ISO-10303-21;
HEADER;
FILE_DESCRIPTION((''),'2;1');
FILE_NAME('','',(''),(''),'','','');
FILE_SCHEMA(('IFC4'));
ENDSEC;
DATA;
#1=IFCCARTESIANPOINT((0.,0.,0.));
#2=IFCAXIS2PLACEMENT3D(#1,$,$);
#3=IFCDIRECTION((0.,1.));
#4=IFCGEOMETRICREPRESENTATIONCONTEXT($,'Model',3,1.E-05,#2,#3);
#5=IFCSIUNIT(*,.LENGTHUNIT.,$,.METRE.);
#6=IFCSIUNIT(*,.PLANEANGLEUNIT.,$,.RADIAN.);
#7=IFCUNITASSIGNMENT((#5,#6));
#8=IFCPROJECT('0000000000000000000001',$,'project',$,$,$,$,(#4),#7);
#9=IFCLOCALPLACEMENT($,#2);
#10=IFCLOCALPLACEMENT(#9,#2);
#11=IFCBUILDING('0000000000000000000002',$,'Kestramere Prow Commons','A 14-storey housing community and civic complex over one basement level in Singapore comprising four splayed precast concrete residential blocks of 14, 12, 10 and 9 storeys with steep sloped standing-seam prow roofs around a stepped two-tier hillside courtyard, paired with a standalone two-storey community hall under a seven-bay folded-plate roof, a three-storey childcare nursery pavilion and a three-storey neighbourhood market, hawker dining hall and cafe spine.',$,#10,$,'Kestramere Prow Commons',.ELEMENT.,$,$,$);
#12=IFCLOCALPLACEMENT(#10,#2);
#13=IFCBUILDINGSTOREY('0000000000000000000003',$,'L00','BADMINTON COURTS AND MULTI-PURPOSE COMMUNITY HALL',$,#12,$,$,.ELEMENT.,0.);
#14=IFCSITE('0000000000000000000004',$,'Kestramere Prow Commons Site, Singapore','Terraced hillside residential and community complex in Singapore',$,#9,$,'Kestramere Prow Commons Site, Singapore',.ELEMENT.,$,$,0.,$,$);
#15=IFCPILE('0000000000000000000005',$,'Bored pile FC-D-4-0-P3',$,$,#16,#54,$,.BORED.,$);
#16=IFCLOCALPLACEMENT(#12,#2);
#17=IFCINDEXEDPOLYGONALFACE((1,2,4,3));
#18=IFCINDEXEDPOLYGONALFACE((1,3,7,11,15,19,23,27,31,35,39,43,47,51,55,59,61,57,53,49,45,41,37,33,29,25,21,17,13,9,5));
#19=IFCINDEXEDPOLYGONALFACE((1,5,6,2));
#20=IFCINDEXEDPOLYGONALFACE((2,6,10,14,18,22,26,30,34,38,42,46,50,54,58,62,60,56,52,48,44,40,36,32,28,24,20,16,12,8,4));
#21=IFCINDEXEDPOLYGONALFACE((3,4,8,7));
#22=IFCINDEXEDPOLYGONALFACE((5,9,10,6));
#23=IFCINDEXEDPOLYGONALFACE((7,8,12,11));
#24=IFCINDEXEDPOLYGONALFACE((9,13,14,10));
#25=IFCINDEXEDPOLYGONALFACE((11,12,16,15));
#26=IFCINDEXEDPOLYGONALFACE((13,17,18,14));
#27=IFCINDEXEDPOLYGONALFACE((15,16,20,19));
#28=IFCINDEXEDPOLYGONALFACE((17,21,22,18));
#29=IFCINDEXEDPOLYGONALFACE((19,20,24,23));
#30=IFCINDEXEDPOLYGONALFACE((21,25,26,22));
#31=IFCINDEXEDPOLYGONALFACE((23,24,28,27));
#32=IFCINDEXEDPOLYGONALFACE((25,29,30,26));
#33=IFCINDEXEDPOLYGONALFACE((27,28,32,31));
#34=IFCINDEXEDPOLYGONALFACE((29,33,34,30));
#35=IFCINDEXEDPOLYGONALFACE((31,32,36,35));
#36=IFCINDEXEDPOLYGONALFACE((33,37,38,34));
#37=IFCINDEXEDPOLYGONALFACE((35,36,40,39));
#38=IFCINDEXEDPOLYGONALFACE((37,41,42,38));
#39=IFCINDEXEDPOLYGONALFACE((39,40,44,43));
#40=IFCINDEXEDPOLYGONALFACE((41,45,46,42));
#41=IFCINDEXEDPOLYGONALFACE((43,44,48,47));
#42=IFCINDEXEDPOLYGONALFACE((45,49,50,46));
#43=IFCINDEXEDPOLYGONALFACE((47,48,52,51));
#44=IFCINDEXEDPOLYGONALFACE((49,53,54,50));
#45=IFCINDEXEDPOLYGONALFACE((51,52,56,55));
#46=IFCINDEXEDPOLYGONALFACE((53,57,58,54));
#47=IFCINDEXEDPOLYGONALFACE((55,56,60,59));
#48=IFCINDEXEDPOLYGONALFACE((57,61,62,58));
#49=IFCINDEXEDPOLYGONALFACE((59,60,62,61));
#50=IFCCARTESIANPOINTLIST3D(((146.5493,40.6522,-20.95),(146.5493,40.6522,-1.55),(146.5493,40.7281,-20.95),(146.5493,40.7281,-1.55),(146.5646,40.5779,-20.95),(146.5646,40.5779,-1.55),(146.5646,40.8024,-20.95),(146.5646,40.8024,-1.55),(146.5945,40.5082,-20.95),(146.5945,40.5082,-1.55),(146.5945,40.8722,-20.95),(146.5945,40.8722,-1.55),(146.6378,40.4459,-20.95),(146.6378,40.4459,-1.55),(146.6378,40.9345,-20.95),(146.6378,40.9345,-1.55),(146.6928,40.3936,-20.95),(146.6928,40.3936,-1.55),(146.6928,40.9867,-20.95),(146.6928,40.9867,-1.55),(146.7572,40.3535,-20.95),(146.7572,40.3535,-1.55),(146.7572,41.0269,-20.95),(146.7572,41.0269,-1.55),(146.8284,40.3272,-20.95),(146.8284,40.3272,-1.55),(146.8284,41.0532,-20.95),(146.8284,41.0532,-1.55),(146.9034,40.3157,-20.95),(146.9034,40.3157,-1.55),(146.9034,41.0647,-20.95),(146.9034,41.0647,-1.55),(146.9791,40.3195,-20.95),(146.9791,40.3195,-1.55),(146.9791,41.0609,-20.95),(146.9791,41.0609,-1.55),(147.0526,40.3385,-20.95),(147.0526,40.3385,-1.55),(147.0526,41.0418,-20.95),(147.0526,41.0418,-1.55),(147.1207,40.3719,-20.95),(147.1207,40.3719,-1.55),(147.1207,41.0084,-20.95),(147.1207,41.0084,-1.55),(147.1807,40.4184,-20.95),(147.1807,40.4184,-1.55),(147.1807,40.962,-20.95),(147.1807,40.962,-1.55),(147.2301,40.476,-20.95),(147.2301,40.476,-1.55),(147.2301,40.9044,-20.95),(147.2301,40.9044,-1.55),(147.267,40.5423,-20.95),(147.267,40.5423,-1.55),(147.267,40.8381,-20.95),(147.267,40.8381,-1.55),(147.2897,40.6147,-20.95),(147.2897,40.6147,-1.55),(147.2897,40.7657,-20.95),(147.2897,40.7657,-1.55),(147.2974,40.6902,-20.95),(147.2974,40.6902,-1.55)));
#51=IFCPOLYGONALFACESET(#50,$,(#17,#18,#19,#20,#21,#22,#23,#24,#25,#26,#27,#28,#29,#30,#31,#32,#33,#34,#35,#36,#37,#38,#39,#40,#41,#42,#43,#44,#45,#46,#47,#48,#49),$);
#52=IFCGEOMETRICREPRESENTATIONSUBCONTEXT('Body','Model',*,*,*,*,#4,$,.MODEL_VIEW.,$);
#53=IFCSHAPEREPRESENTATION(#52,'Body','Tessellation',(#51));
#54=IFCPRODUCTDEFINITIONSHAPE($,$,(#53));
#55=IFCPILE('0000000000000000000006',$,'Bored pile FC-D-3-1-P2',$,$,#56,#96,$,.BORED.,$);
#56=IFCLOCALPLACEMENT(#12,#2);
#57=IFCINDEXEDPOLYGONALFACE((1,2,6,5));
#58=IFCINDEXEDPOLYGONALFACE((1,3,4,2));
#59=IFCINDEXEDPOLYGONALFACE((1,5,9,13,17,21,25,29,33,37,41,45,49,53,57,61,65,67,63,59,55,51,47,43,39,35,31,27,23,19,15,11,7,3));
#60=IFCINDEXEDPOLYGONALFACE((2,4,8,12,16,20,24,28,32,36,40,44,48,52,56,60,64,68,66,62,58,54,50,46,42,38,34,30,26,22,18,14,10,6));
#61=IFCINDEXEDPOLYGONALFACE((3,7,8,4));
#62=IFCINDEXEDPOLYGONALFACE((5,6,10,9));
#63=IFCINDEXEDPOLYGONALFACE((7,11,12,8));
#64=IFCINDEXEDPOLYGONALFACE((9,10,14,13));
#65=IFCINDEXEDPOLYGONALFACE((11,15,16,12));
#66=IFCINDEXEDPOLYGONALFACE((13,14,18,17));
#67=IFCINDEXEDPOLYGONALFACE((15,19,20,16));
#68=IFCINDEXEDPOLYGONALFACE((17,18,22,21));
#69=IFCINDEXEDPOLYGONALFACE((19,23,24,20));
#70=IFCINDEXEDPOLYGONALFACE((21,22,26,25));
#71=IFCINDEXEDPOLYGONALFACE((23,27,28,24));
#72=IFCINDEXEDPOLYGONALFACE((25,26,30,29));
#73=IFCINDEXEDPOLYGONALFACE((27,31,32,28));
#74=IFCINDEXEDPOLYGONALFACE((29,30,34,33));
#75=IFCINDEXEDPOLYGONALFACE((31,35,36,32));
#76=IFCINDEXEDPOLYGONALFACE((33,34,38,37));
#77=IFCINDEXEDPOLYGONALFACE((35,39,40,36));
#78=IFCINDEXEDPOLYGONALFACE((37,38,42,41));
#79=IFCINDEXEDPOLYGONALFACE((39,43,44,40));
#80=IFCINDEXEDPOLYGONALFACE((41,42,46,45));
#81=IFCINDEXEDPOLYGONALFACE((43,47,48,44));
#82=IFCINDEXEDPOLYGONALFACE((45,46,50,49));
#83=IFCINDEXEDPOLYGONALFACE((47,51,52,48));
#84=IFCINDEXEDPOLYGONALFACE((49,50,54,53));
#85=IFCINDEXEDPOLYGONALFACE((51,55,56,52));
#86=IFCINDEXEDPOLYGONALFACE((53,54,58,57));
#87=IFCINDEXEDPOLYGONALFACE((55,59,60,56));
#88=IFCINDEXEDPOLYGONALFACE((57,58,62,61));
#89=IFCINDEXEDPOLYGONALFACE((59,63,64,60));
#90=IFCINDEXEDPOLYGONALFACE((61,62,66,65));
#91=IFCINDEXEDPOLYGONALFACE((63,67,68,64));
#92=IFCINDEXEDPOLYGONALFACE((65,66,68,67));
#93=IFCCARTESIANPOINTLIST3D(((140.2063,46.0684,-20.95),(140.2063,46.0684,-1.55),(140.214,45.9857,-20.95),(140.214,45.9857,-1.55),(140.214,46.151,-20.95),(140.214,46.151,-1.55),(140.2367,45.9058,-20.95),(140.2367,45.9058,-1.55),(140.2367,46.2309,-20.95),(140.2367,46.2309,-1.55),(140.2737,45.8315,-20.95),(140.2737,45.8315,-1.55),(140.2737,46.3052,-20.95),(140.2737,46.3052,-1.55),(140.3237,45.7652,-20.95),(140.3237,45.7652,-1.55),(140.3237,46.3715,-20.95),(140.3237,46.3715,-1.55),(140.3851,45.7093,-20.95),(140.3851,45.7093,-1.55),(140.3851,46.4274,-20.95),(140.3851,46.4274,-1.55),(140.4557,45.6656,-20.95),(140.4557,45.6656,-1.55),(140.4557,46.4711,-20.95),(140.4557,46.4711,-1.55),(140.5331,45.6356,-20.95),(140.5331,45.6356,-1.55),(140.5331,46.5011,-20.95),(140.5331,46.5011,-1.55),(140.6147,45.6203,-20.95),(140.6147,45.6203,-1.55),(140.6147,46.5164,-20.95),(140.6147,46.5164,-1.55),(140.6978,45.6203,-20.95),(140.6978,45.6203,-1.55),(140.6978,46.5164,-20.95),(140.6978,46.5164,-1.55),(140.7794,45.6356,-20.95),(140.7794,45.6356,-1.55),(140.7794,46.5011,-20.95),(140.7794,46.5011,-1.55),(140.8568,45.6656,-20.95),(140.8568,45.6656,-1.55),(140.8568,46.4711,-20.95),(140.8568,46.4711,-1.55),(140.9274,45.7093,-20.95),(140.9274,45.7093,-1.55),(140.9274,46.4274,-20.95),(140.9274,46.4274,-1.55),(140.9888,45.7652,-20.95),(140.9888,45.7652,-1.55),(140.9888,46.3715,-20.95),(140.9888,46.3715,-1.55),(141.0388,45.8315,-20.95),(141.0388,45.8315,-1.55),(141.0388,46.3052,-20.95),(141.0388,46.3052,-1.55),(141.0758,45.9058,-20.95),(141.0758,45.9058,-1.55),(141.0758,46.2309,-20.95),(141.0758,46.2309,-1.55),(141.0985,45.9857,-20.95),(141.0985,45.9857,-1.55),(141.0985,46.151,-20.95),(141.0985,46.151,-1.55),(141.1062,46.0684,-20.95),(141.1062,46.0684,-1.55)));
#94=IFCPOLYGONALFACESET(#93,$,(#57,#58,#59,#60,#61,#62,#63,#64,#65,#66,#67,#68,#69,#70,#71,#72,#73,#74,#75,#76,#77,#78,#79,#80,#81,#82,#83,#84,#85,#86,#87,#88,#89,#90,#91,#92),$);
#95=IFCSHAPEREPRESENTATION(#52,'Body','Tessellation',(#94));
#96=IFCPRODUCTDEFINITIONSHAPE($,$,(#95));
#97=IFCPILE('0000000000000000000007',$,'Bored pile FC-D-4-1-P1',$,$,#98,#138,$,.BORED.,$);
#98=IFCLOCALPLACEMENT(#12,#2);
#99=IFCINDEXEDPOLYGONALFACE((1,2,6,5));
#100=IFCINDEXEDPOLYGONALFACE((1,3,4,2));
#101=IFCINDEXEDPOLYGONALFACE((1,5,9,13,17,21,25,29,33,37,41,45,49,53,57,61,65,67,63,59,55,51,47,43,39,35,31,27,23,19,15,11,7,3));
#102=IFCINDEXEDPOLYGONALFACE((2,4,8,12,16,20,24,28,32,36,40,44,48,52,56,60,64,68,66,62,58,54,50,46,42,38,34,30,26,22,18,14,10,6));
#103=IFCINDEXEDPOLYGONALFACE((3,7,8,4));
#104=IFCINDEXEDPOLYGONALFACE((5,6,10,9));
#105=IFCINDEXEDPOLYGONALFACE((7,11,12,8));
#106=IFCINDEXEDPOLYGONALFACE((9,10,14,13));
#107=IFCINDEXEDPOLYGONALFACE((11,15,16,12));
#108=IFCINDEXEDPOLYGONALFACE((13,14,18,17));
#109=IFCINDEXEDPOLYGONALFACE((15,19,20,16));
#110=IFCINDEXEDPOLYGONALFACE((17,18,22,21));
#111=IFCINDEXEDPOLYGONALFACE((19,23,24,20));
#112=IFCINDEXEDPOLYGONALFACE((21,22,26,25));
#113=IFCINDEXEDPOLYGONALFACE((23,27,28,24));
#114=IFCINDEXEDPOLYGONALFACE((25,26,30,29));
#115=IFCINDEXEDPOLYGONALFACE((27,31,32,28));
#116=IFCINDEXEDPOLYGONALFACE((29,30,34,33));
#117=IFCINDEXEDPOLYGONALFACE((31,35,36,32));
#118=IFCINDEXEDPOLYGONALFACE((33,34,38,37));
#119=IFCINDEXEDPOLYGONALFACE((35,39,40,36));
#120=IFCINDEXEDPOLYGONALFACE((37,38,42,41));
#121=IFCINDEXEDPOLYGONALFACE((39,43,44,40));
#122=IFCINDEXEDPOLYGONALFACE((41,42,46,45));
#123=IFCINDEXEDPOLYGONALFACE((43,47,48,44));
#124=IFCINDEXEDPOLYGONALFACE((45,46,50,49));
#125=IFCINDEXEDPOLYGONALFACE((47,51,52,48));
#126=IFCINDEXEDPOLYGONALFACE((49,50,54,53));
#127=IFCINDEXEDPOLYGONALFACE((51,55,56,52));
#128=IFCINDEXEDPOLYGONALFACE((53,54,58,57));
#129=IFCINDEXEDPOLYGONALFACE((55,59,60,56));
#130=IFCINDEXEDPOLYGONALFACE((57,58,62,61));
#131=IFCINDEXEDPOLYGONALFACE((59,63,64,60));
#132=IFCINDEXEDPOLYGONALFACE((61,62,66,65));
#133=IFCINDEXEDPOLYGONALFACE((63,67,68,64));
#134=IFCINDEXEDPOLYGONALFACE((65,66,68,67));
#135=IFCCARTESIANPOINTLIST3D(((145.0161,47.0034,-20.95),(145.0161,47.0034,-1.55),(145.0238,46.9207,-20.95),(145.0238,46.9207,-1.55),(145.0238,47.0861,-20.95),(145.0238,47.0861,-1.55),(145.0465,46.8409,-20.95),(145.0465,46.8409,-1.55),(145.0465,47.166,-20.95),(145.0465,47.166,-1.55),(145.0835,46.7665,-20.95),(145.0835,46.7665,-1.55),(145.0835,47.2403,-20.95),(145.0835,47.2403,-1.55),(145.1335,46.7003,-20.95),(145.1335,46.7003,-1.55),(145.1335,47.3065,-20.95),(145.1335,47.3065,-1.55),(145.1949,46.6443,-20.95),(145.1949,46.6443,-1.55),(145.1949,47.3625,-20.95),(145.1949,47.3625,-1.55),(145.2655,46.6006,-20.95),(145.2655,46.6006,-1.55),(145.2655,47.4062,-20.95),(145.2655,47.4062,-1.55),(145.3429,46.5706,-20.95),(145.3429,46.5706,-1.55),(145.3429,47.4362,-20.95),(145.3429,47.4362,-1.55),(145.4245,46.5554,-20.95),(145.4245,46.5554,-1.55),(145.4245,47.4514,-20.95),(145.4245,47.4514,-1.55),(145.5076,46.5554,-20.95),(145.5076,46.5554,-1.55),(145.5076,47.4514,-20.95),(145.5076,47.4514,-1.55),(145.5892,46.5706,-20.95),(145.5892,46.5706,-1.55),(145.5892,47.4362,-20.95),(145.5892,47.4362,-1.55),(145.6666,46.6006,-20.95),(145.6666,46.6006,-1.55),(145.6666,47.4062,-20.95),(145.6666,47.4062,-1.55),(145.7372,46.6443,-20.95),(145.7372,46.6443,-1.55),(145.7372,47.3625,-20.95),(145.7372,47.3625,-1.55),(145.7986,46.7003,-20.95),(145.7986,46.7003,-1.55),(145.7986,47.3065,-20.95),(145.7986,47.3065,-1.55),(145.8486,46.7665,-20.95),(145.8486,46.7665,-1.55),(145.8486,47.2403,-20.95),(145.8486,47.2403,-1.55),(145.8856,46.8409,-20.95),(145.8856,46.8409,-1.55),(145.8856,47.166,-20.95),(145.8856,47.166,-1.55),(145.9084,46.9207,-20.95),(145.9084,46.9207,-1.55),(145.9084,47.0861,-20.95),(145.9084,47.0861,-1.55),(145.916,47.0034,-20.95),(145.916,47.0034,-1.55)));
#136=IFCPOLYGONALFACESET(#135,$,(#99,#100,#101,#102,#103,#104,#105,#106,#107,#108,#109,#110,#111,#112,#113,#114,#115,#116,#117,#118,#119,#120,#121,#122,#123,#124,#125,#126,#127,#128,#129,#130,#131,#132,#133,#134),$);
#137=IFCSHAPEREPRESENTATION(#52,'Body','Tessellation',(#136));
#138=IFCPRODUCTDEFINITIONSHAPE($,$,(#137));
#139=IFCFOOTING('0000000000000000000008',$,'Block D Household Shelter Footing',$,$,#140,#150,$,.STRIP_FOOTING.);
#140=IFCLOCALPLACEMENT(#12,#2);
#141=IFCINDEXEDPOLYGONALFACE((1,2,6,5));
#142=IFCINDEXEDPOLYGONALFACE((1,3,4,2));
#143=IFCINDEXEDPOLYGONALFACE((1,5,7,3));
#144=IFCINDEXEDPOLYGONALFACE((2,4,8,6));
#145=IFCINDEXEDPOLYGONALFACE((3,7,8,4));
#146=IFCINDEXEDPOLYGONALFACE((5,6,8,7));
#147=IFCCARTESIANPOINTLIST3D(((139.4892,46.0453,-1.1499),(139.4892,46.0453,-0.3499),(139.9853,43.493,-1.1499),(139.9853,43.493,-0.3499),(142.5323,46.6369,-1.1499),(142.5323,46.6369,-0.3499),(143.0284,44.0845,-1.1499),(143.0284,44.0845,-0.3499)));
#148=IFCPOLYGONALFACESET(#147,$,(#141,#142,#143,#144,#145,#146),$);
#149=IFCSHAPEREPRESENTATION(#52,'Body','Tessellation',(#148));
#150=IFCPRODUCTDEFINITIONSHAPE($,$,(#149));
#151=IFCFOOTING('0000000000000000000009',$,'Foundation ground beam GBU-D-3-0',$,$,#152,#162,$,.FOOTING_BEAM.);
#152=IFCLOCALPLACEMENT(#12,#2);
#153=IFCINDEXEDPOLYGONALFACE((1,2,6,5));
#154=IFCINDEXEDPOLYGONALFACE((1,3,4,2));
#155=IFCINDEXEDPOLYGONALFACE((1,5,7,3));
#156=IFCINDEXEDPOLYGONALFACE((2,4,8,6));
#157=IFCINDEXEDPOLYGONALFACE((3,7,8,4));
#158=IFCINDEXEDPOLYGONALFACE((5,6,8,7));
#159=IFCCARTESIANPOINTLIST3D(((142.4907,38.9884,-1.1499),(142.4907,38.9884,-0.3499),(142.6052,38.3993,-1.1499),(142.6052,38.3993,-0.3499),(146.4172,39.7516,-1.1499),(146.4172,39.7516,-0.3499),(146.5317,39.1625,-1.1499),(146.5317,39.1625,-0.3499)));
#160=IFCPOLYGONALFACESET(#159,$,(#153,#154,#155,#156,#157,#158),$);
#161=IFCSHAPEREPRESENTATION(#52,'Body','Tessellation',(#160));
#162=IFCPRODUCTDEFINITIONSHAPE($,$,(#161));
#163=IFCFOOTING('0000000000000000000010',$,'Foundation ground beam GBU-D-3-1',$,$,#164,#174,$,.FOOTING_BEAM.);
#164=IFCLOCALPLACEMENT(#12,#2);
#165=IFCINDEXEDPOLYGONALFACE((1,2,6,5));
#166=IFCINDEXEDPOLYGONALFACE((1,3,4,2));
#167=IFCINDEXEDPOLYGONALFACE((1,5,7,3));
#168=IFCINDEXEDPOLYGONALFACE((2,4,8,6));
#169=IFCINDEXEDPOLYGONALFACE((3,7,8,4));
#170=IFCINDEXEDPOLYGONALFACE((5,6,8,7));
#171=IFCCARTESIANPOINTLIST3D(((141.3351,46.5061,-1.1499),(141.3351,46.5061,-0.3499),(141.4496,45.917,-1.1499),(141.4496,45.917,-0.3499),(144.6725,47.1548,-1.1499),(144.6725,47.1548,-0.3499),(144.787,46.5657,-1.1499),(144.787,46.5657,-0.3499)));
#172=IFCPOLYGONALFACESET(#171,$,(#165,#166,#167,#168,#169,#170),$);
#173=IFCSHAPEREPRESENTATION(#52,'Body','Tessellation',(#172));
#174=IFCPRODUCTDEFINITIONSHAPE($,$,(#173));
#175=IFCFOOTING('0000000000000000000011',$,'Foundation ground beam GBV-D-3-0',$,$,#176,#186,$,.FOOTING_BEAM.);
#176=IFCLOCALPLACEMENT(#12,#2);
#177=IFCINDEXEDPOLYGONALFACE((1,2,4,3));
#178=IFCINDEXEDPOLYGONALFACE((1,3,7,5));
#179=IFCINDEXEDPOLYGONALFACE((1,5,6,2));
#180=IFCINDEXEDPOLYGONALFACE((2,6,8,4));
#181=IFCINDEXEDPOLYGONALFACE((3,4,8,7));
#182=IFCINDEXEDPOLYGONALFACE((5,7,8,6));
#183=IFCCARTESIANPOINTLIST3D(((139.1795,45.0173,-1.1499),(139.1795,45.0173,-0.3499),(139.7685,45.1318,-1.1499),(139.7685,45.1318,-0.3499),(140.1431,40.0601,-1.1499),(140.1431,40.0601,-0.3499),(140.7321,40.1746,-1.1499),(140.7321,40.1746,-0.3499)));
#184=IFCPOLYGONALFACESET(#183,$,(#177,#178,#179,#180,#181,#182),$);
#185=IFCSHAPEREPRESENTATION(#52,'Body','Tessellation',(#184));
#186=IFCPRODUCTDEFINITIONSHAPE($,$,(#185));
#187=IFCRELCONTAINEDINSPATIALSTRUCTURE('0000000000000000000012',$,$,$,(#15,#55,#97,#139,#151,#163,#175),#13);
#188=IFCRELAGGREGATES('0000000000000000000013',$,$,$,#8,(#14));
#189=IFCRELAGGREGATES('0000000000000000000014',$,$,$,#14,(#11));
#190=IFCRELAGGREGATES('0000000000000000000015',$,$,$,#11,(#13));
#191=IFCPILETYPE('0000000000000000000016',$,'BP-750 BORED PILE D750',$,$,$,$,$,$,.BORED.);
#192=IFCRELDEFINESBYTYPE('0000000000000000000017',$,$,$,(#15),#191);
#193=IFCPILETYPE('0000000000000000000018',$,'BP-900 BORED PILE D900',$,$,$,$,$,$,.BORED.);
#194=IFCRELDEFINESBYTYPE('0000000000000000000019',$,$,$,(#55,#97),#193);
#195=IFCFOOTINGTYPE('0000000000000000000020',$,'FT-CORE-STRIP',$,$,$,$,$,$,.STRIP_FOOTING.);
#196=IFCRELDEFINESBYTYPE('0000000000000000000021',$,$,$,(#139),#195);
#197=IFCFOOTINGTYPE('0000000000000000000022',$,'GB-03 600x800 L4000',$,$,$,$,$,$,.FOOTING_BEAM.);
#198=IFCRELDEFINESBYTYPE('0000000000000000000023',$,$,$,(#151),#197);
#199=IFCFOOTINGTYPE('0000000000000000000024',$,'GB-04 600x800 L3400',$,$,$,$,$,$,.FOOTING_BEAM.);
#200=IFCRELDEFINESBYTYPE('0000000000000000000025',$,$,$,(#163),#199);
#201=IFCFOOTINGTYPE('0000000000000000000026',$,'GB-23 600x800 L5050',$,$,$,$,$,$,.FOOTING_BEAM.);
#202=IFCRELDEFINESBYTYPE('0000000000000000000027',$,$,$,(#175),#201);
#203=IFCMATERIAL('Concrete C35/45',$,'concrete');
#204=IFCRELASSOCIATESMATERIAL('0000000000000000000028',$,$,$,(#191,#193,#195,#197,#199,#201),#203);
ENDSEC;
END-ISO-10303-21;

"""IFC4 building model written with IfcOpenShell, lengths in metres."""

from ifc_helpers import new_model, si_unit, direction, frame, origin, origin_2d, place, context, subcontext, project, spatial, rectangle, circle, extrude, material, material_profile, profile_set, type_object, element, save


model = new_model("IFC4")

# Units and contexts
model_context = context("Model", 3, precision=1e-05, world=origin(), true_north=direction((0.0, 1.0)))
body_context = subcontext(model_context, "Body", "Model", "MODEL_VIEW")
ifc_project = project(units=[si_unit("LENGTHUNIT", "METRE"), si_unit("PLANEANGLEUNIT", "RADIAN")], contexts=[model_context])

# Site, building, storey
site_placement = place(None, origin())
site = spatial("IfcSite", under=ifc_project, at=site_placement, Name="Kestramere Prow Commons Site, Singapore", Description="Terraced hillside residential and community complex in Singapore", LongName="Kestramere Prow Commons Site, Singapore", CompositionType="ELEMENT", RefElevation=0.0)
building_placement = place(site_placement, origin())
building = spatial("IfcBuilding", under=site, at=building_placement, Name="Kestramere Prow Commons", Description="A 14-storey housing community and civic complex over one basement level in Singapore comprising four splayed precast concrete residential blocks of 14, 12, 10 and 9 storeys with steep sloped standing-seam prow roofs around a stepped two-tier hillside courtyard, paired with a standalone two-storey community hall under a seven-bay folded-plate roof, a three-storey childcare nursery pavilion and a three-storey neighbourhood market, hawker dining hall and cafe spine.", LongName="Kestramere Prow Commons", CompositionType="ELEMENT")
storey_placement = place(building_placement, origin())
storey = spatial("IfcBuildingStorey", under=building, at=storey_placement, Name="L00", Description="BADMINTON COURTS AND MULTI-PURPOSE COMMUNITY HALL", CompositionType="ELEMENT", Elevation=0.0)

# Piles
ifc_material_1 = material(Name="Concrete C35/45", Category="concrete")
ifc_material_profile_1 = material_profile(ifc_material_1, circle(Radius=0.375, at=origin_2d()), Name="BORED PILE D750")
ifc_profile_set_1 = profile_set([ifc_material_profile_1], Name="Concrete C35/45")
pile_type_1 = type_object("IfcPileType", Name="BP-750 BORED PILE D750", PredefinedType="BORED", material=ifc_profile_set_1)
for number, where, z_axis, x_axis, name in (
    (1, (146.9224, 40.6902, -1.55), (0.0, 0.0, -1.0), (1.0, 0.0, 0.0), "Bored pile FC-D-4-0-P3"),
):
    element("IfcPile", number, at=place(storey_placement, frame(where, z_axis=z_axis, x_axis=x_axis)), inside=storey, type_object=pile_type_1, Name=name, PredefinedType="BORED", context=body_context, shape_type="SweptSolid", body=[
        extrude(circle(Radius=0.375, at=origin_2d()), origin(), (0.0, 0.0, 1.0), 19.3999),
    ])
ifc_material_profile_2 = material_profile(ifc_material_1, circle(Radius=0.45, at=origin_2d()), Name="BORED PILE D900")
ifc_profile_set_2 = profile_set([ifc_material_profile_2], Name="Concrete C35/45")
pile_type_2 = type_object("IfcPileType", Name="BP-900 BORED PILE D900", PredefinedType="BORED", material=ifc_profile_set_2)
for number, where, z_axis, x_axis, name in (
    (2, (140.6562, 46.0684, -1.55), (0.0, 0.0, -1.0), (1.0, 0.0, 0.0), "Bored pile FC-D-3-1-P2"),
    (3, (145.4661, 47.0034, -1.55), (0.0, 0.0, -1.0), (1.0, 0.0, 0.0), "Bored pile FC-D-4-1-P1"),
):
    element("IfcPile", number, at=place(storey_placement, frame(where, z_axis=z_axis, x_axis=x_axis)), inside=storey, type_object=pile_type_2, Name=name, PredefinedType="BORED", context=body_context, shape_type="SweptSolid", body=[
        extrude(circle(Radius=0.45, at=origin_2d()), origin(), (0.0, 0.0, 1.0), 19.3999),
    ])

# Footings
footing_type_1 = type_object("IfcFootingType", Name="FT-CORE-STRIP", PredefinedType="STRIP_FOOTING", material=ifc_material_1)
footing_1_placement = place(storey_placement, frame((141.2588, 45.0649, -1.1499), z_axis=(0.0, 0.0, 1.0), x_axis=(0.981627, 0.190809, 0.0)))
element("IfcFooting", 4, at=footing_1_placement, inside=storey, type_object=footing_type_1, Name="Block D Household Shelter Footing", PredefinedType="STRIP_FOOTING", context=body_context, shape_type="SweptSolid", body=[
    extrude(rectangle(XDim=3.1001, YDim=2.6001, at=origin_2d()), origin(), (0.0, 0.0, 1.0), 0.8),
])
footing_type_2 = type_object("IfcFootingType", Name="GB-03 600x800 L4000", PredefinedType="FOOTING_BEAM", material=ifc_material_1)
footing_2_placement = place(storey_placement, frame((144.5112, 39.0754, -1.1499), z_axis=(0.0, 0.0, 1.0), x_axis=(0.981627, 0.190809, 0.0)))
element("IfcFooting", 5, at=footing_2_placement, inside=storey, type_object=footing_type_2, Name="Foundation ground beam GBU-D-3-0", PredefinedType="FOOTING_BEAM", context=body_context, shape_type="SweptSolid", body=[
    extrude(rectangle(XDim=4.0, YDim=0.6001, at=origin_2d()), origin(), (0.0, 0.0, 1.0), 0.8),
])
footing_type_3 = type_object("IfcFootingType", Name="GB-04 600x800 L3400", PredefinedType="FOOTING_BEAM", material=ifc_material_1)
footing_3_placement = place(storey_placement, frame((143.061, 46.5359, -1.1499), z_axis=(0.0, 0.0, 1.0), x_axis=(0.981627, 0.190809, 0.0)))
element("IfcFooting", 6, at=footing_3_placement, inside=storey, type_object=footing_type_3, Name="Foundation ground beam GBU-D-3-1", PredefinedType="FOOTING_BEAM", context=body_context, shape_type="SweptSolid", body=[
    extrude(rectangle(XDim=3.3999, YDim=0.6001, at=origin_2d()), origin(), (0.0, 0.0, 1.0), 0.8),
])
footing_type_4 = type_object("IfcFootingType", Name="GB-23 600x800 L5050", PredefinedType="FOOTING_BEAM", material=ifc_material_1)
footing_4_placement = place(storey_placement, frame((139.9558, 42.5959, -1.1499), z_axis=(0.0, 0.0, 1.0), x_axis=(-0.190809, 0.981627, 0.0)))
element("IfcFooting", 7, at=footing_4_placement, inside=storey, type_object=footing_type_4, Name="Foundation ground beam GBV-D-3-0", PredefinedType="FOOTING_BEAM", context=body_context, shape_type="SweptSolid", body=[
    extrude(rectangle(XDim=5.05, YDim=0.6001, at=origin_2d()), origin(), (0.0, 0.0, 1.0), 0.8),
])

save(model, "model.ifc")
